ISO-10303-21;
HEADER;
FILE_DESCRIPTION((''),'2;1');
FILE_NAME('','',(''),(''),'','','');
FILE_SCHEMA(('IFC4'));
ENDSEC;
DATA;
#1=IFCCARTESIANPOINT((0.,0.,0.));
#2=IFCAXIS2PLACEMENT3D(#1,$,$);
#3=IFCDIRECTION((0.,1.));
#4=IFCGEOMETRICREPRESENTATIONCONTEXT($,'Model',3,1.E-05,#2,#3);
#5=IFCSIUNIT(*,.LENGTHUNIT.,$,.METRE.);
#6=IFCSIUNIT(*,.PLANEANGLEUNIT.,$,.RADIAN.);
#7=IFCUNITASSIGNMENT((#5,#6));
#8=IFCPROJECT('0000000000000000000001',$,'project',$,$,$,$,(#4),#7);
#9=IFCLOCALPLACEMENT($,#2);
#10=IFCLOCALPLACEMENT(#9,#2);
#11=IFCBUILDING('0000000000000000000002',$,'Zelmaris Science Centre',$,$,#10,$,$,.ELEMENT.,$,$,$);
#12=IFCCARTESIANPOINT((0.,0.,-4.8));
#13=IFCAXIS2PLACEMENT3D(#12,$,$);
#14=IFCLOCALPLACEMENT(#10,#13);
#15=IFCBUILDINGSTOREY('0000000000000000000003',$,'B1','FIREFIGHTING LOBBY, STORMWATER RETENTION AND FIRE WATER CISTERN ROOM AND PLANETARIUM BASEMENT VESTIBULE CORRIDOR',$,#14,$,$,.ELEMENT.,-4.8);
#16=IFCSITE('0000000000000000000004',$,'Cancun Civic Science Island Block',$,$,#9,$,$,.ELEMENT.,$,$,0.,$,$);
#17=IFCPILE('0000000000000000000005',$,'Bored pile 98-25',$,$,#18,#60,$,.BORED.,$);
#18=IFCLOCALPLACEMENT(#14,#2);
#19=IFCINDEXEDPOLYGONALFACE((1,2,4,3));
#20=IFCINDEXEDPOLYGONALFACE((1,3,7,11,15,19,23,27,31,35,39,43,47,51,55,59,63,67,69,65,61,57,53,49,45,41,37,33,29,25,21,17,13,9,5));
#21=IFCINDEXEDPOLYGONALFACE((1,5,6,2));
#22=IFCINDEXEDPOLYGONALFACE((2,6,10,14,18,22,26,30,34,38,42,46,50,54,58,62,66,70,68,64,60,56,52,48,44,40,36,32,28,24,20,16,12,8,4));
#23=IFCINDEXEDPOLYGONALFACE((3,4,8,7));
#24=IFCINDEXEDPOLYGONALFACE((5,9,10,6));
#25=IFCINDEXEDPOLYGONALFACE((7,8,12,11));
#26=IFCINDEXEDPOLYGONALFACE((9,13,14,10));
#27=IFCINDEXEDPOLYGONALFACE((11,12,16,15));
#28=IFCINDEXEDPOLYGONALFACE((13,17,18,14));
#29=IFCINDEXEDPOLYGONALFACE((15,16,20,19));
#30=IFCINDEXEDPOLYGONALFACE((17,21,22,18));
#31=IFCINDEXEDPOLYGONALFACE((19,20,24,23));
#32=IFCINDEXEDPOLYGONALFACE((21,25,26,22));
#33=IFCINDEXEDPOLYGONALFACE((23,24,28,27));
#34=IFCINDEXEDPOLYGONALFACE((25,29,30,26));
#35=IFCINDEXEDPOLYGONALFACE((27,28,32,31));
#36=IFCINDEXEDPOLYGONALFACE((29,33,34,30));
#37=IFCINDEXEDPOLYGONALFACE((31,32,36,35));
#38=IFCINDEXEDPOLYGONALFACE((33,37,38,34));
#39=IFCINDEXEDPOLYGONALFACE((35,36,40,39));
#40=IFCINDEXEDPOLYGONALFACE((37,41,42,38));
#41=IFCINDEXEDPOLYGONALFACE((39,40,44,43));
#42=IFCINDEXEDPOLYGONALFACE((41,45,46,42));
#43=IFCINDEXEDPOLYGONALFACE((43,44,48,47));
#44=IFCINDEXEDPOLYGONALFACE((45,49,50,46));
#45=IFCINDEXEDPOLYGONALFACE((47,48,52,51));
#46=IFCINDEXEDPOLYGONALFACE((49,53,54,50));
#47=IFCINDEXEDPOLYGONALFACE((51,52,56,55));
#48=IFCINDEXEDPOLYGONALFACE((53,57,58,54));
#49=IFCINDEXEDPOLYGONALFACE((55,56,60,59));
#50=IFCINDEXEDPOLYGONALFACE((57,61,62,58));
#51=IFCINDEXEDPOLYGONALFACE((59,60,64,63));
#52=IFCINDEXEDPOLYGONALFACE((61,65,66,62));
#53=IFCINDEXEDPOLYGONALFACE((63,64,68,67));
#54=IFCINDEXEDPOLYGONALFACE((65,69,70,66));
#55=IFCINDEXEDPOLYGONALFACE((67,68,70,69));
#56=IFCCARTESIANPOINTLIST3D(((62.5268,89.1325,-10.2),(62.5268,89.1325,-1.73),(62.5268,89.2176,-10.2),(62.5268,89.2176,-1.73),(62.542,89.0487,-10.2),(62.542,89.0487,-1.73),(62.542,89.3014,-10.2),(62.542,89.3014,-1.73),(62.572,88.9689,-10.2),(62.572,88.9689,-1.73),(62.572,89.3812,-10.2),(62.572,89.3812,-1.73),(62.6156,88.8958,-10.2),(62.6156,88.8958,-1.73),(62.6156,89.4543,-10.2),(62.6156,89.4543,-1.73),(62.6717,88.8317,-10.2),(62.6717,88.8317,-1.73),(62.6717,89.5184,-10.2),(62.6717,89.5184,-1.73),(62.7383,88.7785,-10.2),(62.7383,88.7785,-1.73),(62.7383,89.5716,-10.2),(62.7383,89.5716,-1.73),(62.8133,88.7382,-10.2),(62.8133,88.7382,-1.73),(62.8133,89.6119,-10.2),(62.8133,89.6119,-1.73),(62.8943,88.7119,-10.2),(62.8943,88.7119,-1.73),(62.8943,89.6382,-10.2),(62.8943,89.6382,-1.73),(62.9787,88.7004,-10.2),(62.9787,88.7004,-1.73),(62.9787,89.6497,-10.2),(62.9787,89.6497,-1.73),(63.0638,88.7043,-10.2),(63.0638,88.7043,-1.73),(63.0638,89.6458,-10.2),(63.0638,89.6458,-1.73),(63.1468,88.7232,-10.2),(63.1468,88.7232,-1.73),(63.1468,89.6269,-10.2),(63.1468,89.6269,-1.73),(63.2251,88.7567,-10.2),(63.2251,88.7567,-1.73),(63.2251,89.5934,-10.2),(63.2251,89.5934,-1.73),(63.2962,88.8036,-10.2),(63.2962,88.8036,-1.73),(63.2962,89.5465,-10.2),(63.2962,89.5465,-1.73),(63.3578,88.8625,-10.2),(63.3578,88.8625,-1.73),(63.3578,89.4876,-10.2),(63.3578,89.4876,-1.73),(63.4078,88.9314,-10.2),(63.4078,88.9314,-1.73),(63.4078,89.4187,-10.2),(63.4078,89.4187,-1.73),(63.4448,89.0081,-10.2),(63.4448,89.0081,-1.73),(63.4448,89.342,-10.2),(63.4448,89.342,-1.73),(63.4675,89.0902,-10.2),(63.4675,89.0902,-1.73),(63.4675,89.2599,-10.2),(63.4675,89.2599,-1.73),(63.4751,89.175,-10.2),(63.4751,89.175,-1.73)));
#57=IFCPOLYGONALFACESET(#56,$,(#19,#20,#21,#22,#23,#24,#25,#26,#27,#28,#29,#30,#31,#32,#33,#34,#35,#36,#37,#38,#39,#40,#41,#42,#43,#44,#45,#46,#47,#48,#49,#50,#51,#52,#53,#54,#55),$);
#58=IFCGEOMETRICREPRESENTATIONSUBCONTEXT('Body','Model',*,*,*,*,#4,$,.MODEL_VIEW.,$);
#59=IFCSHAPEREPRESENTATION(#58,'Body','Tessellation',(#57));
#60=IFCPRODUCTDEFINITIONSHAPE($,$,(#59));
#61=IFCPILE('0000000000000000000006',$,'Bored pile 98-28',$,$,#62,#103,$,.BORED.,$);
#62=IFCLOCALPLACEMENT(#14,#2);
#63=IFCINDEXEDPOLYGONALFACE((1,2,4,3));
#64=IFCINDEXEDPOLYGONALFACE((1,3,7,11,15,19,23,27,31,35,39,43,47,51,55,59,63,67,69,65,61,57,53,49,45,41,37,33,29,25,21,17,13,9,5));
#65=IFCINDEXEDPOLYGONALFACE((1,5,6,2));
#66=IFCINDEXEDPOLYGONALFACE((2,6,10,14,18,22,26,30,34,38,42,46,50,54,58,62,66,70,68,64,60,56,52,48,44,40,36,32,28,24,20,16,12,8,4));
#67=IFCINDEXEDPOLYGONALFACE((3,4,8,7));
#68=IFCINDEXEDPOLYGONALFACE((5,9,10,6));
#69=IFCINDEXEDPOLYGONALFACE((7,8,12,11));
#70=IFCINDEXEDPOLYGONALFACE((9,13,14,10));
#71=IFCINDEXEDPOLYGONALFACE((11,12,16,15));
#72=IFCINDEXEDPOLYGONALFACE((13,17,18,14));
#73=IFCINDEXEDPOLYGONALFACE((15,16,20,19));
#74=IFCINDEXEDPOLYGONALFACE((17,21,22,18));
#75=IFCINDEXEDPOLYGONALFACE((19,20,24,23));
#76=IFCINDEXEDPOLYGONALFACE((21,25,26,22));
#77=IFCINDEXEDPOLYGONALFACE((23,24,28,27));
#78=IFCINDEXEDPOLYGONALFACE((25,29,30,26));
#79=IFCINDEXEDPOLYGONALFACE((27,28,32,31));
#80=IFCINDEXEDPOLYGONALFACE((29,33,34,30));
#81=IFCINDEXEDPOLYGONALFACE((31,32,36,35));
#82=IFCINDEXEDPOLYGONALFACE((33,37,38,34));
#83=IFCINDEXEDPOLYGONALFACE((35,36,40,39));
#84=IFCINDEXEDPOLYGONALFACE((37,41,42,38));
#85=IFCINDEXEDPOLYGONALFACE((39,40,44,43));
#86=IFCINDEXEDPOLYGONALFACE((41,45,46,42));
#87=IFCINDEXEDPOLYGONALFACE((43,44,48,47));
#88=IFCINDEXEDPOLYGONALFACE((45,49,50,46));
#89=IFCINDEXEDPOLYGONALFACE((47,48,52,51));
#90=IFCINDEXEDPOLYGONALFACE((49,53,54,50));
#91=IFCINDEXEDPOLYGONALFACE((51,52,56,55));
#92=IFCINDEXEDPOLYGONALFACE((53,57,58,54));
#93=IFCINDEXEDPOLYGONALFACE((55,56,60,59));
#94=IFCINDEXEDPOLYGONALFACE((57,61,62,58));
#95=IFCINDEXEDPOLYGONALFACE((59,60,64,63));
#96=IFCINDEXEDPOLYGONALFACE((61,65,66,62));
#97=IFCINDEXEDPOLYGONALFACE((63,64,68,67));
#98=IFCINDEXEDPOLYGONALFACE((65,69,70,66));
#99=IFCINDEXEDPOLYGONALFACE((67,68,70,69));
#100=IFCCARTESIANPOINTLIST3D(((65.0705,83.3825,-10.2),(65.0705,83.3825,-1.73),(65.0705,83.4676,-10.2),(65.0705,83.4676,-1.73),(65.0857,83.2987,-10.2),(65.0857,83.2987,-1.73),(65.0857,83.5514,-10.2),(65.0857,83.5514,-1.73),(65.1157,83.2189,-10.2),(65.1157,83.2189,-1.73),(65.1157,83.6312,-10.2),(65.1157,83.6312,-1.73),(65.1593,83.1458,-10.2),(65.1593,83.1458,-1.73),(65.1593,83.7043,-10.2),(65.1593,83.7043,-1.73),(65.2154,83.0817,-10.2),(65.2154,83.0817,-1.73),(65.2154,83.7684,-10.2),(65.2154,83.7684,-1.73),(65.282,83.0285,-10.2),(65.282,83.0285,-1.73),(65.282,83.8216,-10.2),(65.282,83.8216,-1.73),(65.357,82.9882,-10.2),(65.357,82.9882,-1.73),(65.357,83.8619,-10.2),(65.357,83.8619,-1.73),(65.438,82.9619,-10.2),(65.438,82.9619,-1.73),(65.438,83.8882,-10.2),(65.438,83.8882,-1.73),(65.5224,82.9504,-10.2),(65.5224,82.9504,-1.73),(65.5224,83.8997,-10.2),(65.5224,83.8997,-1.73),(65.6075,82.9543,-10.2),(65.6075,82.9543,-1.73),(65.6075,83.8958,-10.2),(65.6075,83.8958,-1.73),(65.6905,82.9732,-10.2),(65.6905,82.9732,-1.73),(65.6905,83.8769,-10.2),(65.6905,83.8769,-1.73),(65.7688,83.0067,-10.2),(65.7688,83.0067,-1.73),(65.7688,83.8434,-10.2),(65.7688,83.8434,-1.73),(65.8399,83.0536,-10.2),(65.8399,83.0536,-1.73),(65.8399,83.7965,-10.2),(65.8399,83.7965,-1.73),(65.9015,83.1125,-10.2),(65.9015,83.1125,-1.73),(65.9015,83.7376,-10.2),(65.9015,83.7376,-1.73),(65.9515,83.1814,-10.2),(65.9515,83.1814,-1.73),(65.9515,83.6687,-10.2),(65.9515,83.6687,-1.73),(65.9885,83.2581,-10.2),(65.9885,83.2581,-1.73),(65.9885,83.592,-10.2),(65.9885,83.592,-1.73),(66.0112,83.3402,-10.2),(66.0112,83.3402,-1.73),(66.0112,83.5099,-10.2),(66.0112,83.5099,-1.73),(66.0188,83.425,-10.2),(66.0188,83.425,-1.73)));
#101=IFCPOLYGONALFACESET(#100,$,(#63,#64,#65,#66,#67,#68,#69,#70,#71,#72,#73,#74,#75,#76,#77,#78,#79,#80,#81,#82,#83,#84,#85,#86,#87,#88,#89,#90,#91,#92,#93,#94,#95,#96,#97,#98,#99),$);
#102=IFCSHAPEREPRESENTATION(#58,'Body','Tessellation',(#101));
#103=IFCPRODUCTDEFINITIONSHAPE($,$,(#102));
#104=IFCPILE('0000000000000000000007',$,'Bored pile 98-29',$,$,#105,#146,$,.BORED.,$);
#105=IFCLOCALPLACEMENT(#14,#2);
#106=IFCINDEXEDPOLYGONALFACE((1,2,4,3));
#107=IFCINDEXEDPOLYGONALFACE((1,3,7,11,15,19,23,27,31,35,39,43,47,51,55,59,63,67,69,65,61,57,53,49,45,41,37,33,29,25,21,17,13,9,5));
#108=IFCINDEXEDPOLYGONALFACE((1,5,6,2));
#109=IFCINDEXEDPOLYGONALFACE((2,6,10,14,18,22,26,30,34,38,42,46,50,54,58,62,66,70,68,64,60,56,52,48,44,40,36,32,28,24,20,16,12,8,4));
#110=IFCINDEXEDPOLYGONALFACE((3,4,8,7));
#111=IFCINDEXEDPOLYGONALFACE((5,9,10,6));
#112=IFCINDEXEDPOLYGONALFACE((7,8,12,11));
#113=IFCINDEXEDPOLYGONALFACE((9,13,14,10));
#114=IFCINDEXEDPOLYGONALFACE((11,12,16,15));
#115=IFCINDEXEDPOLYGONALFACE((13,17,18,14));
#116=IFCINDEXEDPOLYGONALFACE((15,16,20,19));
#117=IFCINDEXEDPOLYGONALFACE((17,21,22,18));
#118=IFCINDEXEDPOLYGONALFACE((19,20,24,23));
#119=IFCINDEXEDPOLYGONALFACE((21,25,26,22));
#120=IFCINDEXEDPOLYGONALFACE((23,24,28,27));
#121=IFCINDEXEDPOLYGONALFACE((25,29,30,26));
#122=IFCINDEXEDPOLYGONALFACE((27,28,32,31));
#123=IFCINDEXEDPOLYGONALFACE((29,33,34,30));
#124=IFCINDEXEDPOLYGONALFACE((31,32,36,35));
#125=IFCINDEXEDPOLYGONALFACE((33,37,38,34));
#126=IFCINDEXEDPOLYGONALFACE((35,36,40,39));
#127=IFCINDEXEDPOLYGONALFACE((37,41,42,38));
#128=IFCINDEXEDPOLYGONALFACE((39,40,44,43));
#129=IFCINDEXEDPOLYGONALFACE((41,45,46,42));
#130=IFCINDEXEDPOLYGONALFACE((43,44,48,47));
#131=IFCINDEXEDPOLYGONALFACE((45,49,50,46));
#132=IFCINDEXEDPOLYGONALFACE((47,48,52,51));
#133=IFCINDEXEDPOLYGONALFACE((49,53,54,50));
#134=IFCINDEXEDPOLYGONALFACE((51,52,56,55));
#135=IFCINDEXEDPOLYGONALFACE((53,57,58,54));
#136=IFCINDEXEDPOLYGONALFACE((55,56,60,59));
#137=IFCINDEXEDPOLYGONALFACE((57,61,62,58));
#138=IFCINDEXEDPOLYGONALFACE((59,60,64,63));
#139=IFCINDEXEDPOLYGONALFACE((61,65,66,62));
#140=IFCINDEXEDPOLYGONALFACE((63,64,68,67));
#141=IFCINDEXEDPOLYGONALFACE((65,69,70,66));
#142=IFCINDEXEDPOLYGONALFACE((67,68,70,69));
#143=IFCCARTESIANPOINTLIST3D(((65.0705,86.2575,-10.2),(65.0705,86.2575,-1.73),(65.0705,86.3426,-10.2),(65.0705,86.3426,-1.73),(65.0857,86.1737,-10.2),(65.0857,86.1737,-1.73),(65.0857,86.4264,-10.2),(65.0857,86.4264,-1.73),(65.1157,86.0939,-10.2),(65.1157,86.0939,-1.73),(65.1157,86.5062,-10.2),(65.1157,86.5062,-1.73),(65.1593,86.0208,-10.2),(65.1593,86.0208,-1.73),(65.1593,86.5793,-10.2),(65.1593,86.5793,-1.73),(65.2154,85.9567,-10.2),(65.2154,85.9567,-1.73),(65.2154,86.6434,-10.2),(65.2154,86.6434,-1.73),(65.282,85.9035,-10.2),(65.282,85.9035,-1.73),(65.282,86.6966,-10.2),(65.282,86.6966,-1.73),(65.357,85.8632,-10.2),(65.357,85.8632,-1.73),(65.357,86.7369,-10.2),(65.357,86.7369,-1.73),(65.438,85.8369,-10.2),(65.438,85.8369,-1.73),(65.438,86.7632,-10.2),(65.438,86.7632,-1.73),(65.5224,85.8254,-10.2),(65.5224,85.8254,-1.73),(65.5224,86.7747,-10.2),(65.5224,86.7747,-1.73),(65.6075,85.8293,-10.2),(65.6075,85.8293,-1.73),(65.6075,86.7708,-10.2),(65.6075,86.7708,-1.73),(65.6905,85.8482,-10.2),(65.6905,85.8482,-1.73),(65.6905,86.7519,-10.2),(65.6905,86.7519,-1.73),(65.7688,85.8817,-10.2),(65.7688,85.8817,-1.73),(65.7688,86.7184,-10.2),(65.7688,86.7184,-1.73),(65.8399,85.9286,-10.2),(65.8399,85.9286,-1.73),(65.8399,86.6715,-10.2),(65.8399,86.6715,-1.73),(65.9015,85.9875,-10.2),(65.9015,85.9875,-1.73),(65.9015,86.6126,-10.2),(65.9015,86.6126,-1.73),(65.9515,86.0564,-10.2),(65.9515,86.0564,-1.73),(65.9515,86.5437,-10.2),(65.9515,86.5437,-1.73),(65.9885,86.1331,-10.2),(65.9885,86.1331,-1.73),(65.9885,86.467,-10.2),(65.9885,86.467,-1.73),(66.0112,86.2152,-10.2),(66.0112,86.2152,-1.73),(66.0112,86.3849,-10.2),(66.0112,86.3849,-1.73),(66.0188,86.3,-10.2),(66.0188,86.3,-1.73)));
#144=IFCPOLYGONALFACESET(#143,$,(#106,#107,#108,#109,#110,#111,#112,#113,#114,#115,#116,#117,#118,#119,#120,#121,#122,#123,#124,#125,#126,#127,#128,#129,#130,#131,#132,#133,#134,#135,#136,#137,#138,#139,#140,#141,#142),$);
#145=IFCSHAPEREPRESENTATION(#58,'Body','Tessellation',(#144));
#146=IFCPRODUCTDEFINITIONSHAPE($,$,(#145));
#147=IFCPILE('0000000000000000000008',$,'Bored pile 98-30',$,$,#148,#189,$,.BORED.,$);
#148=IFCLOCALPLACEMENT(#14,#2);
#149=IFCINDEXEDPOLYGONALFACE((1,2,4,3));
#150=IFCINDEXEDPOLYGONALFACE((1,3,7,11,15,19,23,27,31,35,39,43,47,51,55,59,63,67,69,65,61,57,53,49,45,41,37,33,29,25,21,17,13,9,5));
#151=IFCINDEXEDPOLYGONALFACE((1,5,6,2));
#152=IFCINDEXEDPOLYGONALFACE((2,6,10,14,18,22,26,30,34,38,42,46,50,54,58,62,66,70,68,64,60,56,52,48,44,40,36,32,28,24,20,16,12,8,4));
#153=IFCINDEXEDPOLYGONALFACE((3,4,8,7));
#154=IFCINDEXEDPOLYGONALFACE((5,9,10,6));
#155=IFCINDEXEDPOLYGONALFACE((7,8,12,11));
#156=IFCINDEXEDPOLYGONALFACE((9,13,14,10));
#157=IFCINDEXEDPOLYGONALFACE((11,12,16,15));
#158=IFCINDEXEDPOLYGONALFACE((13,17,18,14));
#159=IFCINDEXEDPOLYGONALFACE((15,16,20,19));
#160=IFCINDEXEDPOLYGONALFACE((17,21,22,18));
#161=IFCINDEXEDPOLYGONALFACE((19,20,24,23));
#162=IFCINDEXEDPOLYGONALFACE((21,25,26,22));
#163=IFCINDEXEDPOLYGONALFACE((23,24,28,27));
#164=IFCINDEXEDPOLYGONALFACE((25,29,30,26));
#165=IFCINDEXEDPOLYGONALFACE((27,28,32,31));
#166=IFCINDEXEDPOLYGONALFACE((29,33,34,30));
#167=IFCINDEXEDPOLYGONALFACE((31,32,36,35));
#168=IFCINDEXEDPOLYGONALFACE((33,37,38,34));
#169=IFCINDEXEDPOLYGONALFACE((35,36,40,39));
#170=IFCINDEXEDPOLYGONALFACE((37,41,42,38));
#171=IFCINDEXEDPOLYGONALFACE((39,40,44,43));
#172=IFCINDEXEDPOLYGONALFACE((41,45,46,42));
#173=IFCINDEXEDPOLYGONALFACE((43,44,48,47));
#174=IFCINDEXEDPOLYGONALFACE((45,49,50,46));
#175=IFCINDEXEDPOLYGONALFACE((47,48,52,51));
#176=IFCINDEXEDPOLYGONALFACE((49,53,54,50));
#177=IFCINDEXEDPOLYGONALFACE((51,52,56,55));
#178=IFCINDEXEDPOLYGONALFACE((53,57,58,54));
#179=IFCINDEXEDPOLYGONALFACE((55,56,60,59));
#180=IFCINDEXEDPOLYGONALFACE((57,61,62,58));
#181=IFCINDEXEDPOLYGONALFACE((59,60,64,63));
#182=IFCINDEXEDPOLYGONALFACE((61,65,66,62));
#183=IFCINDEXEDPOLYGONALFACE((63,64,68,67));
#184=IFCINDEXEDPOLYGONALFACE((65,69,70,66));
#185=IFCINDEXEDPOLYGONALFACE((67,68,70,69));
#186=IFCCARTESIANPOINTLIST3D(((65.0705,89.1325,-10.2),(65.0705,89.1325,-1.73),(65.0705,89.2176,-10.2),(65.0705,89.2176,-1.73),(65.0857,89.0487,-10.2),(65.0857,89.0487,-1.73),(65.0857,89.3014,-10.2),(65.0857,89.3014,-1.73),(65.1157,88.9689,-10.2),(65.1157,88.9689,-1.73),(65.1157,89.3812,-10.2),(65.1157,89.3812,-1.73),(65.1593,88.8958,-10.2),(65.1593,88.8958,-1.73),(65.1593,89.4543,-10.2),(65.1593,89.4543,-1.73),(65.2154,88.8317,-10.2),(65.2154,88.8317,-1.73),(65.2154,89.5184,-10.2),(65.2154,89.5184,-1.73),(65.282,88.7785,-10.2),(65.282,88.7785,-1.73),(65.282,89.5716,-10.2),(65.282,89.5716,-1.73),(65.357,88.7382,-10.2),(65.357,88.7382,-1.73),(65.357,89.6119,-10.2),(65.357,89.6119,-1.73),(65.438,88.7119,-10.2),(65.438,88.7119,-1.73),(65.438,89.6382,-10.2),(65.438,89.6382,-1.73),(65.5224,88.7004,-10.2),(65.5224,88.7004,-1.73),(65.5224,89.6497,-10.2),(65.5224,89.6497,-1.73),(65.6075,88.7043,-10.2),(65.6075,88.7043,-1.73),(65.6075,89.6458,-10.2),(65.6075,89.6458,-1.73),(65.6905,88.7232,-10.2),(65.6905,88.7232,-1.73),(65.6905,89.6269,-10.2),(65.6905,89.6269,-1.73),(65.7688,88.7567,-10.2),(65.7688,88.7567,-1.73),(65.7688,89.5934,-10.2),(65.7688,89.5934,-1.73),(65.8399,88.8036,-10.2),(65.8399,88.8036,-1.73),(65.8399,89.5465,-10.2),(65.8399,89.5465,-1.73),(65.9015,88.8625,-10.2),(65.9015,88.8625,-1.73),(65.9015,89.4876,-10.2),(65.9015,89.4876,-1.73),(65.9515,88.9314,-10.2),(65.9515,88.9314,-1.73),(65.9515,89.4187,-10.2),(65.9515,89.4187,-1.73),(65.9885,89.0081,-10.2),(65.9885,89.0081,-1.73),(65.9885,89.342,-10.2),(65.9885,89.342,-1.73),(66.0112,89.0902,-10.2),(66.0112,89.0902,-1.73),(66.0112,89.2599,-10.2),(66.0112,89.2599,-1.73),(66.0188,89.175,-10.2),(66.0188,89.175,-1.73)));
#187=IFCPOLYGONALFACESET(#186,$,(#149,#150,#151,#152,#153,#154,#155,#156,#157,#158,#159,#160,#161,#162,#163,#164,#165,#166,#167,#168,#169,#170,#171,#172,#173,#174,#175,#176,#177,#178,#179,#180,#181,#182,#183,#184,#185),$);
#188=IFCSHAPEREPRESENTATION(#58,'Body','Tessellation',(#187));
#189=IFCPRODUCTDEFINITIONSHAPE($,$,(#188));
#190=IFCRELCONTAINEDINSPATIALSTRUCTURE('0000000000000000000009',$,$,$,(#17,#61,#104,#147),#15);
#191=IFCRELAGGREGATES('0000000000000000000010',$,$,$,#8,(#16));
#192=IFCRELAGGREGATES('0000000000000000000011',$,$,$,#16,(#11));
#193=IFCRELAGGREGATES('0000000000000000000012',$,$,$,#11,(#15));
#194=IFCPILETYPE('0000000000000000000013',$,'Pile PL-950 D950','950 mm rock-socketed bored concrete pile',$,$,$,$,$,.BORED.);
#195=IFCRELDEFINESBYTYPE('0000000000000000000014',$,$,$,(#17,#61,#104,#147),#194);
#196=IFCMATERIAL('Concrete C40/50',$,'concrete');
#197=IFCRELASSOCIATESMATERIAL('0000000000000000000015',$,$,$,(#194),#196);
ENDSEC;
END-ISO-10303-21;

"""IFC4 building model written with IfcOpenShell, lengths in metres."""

from ifc_helpers import new_model, si_unit, direction, frame, origin, origin_2d, place, context, subcontext, project, spatial, circle, extrude, material, material_profile, profile_set, type_object, element, save


model = new_model("IFC4")

# Units and contexts
model_context = context("Model", 3, precision=1e-05, world=origin(), true_north=direction((0.0, 1.0)))
body_context = subcontext(model_context, "Body", "Model", "MODEL_VIEW")
ifc_project = project(units=[si_unit("LENGTHUNIT", "METRE"), si_unit("PLANEANGLEUNIT", "RADIAN")], contexts=[model_context])

# Site, building, storey
site_placement = place(None, origin())
site = spatial("IfcSite", under=ifc_project, at=site_placement, Name="Cancun Civic Science Island Block", CompositionType="ELEMENT", RefElevation=0.0)
building_placement = place(site_placement, origin())
building = spatial("IfcBuilding", under=site, at=building_placement, Name="Zelmaris Science Centre", CompositionType="ELEMENT")
storey_placement = place(building_placement, frame((0.0, 0.0, -4.8)))
storey = spatial("IfcBuildingStorey", under=building, at=storey_placement, Name="B1", Description="FIREFIGHTING LOBBY, STORMWATER RETENTION AND FIRE WATER CISTERN ROOM AND PLANETARIUM BASEMENT VESTIBULE CORRIDOR", CompositionType="ELEMENT", Elevation=-4.8)

# Piles
ifc_material_1 = material(Name="Concrete C40/50", Category="concrete")
ifc_material_profile_1 = material_profile(ifc_material_1, circle(Radius=0.4751, at=origin_2d()), Name="PILE-950")
ifc_profile_set_1 = profile_set([ifc_material_profile_1], Name="Concrete C40/50")
pile_type = type_object("IfcPileType", Name="Pile PL-950 D950", Description="950 mm rock-socketed bored concrete pile", PredefinedType="BORED", material=ifc_profile_set_1)
for number, where, z_axis, x_axis, name in (
    (1, (63.0, 89.175, -1.73), (0.0, 0.0, -1.0), (1.0, 0.0, 0.0), "Bored pile 98-25"),
    (2, (65.5437, 83.425, -1.73), (0.0, 0.0, -1.0), (1.0, 0.0, 0.0), "Bored pile 98-28"),
    (3, (65.5437, 86.3, -1.73), (0.0, 0.0, -1.0), (1.0, 0.0, 0.0), "Bored pile 98-29"),
    (4, (65.5437, 89.175, -1.73), (0.0, 0.0, -1.0), (1.0, 0.0, 0.0), "Bored pile 98-30"),
):
    element("IfcPile", number, at=place(storey_placement, frame(where, z_axis=z_axis, x_axis=x_axis)), inside=storey, type_object=pile_type, Name=name, PredefinedType="BORED", context=body_context, shape_type="SweptSolid", body=[
        extrude(circle(Radius=0.4751, at=origin_2d()), origin(), (0.0, 0.0, 1.0), 8.47),
    ])

save(model, "model.ifc")
